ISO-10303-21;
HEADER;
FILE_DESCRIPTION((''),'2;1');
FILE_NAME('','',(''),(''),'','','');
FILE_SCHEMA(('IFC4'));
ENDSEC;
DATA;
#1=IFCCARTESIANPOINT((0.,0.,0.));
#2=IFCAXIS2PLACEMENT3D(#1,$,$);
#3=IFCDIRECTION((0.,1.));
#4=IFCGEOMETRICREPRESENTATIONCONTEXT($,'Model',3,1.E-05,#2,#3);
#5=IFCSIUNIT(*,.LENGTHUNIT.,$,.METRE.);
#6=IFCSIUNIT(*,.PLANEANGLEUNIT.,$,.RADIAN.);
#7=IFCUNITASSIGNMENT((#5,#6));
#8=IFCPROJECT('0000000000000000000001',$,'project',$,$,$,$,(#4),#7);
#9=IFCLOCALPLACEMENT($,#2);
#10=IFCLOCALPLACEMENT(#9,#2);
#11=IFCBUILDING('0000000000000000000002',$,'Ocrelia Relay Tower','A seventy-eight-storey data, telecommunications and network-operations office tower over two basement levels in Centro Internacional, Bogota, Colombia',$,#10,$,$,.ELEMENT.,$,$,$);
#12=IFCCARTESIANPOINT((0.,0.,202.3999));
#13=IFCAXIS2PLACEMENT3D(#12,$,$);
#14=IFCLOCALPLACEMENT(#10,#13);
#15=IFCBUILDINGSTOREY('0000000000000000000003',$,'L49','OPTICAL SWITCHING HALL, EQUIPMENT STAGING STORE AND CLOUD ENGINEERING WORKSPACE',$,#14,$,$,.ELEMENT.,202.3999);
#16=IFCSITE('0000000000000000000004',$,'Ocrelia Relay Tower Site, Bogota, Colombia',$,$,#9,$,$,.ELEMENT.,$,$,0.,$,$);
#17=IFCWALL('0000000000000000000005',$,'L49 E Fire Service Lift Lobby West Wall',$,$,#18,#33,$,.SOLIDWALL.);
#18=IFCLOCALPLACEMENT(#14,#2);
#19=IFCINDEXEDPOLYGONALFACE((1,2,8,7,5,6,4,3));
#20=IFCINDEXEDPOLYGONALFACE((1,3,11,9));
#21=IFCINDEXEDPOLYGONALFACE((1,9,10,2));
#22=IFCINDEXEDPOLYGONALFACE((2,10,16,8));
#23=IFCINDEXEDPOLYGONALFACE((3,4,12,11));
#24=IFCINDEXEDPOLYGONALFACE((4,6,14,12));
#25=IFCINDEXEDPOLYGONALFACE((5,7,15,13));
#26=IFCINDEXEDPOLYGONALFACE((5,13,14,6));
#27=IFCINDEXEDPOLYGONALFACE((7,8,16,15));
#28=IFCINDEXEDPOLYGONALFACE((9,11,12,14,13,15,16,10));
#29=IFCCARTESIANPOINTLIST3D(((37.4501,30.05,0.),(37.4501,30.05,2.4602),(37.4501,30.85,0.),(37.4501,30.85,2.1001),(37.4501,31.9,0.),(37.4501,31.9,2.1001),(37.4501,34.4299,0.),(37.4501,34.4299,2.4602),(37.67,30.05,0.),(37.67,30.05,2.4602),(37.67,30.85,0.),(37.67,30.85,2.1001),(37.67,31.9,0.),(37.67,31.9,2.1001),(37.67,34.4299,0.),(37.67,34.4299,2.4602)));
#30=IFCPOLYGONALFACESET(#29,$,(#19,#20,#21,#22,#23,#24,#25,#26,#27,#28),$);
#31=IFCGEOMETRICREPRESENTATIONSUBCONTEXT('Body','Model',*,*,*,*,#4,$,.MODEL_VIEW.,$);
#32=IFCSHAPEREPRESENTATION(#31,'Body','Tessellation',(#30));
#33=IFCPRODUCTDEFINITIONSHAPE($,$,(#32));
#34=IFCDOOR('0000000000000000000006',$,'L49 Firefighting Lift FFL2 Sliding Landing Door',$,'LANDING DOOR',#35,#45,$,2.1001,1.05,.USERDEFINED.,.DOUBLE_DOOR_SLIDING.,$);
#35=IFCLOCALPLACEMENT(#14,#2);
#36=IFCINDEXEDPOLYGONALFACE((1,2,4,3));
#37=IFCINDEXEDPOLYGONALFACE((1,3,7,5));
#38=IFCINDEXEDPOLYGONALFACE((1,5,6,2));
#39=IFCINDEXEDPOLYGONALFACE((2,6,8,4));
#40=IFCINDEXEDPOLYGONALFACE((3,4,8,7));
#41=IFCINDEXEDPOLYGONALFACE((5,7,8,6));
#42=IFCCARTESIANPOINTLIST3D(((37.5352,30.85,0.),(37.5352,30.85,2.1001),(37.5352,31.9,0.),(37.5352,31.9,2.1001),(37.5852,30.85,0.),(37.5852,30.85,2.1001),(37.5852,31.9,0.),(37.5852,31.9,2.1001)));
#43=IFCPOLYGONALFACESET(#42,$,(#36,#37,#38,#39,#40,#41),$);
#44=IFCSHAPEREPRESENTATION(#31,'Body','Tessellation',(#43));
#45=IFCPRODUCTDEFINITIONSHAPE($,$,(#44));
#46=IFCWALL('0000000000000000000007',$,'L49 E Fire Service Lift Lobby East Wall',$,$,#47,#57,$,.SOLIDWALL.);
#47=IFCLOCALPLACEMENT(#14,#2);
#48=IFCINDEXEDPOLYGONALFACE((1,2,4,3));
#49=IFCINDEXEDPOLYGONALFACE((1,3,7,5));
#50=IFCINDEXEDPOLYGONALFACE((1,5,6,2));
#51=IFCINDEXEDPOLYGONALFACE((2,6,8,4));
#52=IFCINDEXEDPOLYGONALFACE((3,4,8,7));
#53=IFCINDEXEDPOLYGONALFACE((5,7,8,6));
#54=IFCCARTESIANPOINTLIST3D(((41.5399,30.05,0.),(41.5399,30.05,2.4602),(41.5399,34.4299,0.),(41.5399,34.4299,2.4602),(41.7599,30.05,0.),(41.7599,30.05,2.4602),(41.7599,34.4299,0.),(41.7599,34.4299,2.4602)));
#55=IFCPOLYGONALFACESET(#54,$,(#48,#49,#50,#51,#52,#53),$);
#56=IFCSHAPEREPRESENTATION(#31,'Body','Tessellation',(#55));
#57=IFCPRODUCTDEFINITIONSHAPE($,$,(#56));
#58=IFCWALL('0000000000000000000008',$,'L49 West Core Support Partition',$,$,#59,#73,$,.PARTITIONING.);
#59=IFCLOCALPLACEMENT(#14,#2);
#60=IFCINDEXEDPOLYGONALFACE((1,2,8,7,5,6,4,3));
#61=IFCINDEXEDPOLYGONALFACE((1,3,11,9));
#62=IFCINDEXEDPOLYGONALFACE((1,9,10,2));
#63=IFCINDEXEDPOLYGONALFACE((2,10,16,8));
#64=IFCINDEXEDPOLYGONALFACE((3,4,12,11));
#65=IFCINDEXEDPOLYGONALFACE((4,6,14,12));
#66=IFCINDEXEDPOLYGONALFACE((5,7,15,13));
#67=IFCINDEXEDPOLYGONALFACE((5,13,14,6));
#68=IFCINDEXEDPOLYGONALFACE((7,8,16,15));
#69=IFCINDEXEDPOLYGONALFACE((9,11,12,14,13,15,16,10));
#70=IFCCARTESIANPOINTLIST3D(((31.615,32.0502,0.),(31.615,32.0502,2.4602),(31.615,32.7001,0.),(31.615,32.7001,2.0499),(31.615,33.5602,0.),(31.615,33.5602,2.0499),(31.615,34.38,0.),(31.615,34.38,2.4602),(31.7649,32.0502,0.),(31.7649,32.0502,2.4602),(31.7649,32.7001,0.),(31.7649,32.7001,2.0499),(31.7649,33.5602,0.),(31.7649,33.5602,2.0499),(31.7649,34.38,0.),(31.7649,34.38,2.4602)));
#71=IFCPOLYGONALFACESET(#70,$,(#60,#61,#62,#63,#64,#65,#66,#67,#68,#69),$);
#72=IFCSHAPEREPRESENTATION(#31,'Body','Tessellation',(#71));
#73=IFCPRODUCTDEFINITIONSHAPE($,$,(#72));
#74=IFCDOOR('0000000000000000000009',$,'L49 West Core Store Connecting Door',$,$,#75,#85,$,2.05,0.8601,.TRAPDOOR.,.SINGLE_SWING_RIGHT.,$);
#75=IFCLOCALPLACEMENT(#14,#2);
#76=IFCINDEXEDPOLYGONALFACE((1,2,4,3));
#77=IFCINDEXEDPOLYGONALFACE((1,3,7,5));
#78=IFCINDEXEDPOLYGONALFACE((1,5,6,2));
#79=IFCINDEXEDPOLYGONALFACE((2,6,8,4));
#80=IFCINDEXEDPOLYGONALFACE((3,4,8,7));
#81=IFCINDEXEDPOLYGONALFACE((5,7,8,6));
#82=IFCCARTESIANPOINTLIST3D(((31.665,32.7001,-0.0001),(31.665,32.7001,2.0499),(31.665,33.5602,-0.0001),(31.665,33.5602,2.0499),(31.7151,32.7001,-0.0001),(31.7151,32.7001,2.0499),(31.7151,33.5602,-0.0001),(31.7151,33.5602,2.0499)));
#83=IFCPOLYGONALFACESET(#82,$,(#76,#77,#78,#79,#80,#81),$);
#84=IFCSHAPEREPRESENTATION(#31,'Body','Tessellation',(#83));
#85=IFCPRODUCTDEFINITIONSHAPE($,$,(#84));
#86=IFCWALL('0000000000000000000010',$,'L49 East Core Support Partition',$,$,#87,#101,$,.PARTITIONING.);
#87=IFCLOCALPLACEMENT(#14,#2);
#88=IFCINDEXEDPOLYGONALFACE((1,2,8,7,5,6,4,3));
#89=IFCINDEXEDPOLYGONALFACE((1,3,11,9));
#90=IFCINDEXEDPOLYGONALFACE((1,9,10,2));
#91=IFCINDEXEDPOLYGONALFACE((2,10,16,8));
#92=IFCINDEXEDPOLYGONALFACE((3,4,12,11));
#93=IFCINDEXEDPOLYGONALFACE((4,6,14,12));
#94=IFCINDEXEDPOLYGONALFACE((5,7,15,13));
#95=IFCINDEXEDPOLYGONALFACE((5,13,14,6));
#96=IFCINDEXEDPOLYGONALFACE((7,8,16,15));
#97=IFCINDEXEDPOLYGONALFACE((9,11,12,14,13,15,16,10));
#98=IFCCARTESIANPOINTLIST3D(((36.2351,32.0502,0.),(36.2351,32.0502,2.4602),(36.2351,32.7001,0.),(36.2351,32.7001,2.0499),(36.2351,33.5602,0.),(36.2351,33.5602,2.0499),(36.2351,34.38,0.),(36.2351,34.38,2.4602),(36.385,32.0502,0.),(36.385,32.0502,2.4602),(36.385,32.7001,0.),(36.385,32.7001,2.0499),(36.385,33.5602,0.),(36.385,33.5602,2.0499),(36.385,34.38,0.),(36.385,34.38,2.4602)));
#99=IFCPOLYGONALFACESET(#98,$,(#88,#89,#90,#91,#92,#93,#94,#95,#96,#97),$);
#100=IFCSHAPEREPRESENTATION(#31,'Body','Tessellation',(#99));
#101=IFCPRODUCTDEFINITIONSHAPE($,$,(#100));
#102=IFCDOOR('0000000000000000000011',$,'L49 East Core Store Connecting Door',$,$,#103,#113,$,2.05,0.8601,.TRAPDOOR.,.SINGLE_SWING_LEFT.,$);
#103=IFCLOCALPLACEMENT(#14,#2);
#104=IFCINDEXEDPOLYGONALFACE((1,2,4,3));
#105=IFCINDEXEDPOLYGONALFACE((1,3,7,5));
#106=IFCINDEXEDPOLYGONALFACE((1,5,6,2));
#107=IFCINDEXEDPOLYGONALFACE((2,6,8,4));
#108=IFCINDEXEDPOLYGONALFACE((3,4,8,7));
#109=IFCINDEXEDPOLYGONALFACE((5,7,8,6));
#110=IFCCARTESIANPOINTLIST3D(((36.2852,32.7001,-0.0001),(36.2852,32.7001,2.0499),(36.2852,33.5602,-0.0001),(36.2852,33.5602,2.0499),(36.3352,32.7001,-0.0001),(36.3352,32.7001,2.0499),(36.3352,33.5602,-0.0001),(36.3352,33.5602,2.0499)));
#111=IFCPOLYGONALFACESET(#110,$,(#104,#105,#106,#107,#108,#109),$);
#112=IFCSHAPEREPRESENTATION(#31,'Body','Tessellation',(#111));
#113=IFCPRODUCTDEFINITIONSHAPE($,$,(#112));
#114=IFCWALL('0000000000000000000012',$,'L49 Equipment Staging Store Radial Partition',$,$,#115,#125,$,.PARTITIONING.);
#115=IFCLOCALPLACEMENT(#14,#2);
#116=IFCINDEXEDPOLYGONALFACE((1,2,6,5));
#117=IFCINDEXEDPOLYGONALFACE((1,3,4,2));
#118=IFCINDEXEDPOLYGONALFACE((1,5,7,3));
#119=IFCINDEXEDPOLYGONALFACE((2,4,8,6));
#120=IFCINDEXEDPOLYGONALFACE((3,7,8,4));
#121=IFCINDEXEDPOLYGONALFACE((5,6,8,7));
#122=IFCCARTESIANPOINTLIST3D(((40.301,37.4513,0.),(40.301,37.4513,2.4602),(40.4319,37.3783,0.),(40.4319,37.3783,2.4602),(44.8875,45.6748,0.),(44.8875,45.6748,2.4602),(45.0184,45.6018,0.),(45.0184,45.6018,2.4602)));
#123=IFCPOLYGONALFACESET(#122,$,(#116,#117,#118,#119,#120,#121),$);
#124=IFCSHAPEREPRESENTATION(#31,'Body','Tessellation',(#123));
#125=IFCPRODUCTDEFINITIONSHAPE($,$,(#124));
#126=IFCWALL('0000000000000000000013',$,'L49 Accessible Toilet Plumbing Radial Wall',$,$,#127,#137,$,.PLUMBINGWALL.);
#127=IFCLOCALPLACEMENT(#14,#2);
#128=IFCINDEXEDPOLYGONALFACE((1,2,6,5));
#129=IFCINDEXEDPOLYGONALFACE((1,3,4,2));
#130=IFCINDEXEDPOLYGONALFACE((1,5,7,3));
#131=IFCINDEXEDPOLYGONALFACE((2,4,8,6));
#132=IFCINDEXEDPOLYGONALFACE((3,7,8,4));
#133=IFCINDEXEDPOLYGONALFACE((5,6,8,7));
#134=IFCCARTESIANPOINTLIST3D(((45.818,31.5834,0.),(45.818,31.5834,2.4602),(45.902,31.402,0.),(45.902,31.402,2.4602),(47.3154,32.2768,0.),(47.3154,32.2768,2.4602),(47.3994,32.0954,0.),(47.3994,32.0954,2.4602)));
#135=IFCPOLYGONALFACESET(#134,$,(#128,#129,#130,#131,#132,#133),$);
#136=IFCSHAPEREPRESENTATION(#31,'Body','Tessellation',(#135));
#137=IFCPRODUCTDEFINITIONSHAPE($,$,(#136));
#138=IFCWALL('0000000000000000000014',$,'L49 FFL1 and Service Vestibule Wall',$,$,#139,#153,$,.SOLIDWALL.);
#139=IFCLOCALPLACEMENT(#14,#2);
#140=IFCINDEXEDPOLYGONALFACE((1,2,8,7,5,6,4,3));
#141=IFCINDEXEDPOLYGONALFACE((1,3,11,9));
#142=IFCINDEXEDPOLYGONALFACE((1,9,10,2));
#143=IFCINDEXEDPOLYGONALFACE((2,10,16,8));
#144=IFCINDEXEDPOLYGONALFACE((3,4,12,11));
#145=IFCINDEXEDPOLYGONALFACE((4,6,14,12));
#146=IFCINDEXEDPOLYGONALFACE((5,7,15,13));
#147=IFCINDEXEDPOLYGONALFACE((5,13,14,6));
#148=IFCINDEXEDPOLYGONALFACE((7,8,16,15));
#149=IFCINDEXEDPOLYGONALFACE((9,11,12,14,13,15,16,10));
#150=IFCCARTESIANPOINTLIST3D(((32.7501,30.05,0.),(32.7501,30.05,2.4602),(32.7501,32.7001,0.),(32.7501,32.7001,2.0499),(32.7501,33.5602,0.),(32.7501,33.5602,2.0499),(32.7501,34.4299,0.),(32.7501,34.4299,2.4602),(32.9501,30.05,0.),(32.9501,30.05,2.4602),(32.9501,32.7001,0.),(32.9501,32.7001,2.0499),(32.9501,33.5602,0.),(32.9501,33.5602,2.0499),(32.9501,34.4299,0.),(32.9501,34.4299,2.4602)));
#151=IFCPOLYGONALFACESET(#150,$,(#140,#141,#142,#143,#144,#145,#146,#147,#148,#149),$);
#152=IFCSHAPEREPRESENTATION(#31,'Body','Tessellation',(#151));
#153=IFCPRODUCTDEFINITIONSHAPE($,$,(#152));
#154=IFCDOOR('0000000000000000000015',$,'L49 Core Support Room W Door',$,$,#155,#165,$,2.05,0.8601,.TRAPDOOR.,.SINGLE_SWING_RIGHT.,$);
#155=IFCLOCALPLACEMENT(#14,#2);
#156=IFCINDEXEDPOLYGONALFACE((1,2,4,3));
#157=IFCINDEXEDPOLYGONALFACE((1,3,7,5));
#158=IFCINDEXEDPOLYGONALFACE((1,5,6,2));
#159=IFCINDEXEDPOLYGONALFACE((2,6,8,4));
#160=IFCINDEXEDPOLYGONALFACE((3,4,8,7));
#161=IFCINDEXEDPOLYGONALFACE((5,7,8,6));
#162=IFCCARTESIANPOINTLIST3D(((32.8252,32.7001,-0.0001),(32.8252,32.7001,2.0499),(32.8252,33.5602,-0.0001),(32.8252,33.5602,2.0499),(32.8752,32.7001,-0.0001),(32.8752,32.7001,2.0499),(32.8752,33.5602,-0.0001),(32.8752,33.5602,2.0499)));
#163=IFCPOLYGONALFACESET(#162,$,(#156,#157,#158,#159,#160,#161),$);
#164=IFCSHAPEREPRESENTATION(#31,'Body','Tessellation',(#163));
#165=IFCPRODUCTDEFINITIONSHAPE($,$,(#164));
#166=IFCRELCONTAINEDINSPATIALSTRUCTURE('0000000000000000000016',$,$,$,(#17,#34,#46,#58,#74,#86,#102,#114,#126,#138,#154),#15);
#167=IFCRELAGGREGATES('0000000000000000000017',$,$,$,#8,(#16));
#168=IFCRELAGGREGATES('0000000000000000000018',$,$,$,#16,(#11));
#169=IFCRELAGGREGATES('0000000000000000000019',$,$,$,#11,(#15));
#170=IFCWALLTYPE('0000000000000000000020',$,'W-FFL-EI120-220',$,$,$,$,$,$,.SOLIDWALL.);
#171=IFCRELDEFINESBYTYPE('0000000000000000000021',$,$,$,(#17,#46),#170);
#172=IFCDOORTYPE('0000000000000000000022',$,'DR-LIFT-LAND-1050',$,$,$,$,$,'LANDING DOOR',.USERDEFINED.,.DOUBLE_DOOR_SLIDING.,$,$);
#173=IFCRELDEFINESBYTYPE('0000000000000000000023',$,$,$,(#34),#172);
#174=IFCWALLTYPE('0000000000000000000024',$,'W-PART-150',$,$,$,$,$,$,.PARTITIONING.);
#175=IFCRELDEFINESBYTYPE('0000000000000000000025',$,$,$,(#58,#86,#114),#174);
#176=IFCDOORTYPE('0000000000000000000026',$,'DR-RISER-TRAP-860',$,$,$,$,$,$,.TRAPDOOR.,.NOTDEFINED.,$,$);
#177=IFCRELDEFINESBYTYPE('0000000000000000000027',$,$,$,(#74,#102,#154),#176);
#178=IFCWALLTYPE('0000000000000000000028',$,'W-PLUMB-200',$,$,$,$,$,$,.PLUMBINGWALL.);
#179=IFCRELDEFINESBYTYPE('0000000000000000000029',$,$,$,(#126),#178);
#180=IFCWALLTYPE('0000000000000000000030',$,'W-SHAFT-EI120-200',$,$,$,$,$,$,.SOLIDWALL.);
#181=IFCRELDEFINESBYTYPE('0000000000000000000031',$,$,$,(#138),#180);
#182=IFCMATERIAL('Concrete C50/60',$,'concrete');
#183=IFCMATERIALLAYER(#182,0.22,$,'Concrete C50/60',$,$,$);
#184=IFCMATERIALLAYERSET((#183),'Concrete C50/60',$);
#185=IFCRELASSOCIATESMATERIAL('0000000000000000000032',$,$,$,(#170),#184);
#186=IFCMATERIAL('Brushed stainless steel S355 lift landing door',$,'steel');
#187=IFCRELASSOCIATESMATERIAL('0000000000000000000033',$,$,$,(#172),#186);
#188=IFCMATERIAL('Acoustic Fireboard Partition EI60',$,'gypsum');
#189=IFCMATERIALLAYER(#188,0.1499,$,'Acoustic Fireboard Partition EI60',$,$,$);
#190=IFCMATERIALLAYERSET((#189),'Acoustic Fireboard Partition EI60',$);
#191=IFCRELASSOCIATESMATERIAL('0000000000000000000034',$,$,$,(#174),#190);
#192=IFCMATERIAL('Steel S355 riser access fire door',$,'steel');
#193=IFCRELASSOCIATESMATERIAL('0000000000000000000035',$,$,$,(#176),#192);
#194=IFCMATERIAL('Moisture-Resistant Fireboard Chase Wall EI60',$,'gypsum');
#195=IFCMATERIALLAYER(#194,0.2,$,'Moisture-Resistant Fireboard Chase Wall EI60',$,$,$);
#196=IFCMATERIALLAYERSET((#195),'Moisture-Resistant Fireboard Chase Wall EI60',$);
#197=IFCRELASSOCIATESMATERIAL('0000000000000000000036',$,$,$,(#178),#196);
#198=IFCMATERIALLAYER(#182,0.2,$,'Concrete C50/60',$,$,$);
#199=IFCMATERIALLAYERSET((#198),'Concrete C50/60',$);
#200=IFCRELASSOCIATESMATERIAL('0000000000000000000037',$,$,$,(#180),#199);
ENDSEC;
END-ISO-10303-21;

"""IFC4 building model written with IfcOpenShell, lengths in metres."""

from ifc_helpers import new_model, si_unit, direction, frame, frame_2d, origin, place, context, subcontext, project, spatial, rectangle, extrude, material, layer, layer_set, type_object, element, fill, save


model = new_model("IFC4")

# Units and contexts
model_context = context("Model", 3, precision=1e-05, world=origin(), true_north=direction((0.0, 1.0)))
body_context = subcontext(model_context, "Body", "Model", "MODEL_VIEW")
ifc_project = project(units=[si_unit("LENGTHUNIT", "METRE"), si_unit("PLANEANGLEUNIT", "RADIAN")], contexts=[model_context])

# Site, building, storey
site_placement = place(None, origin())
site = spatial("IfcSite", under=ifc_project, at=site_placement, Name="Ocrelia Relay Tower Site, Bogota, Colombia", CompositionType="ELEMENT", RefElevation=0.0)
building_placement = place(site_placement, origin())
building = spatial("IfcBuilding", under=site, at=building_placement, Name="Ocrelia Relay Tower", Description="A seventy-eight-storey data, telecommunications and network-operations office tower over two basement levels in Centro Internacional, Bogota, Colombia", CompositionType="ELEMENT")
storey_placement = place(building_placement, frame((0.0, 0.0, 202.3999)))
storey = spatial("IfcBuildingStorey", under=building, at=storey_placement, Name="L49", Description="OPTICAL SWITCHING HALL, EQUIPMENT STAGING STORE AND CLOUD ENGINEERING WORKSPACE", CompositionType="ELEMENT", Elevation=202.3999)

# Wall, opening, door
ifc_material_1 = material(Name="Concrete C50/60", Category="concrete")
ifc_layer_1 = layer(ifc_material_1, 0.22, Name="Concrete C50/60")
ifc_layer_set_1 = layer_set([ifc_layer_1], Name="Concrete C50/60")
wall_type_1 = type_object("IfcWallType", Name="W-FFL-EI120-220", PredefinedType="SOLIDWALL", material=ifc_layer_set_1)
wall_1_placement = place(storey_placement, frame((37.5601, 30.05, 0.0), z_axis=(0.0, 0.0, 1.0), x_axis=(0.0, 1.0, 0.0)))
wall_1 = element("IfcWall", 1, at=wall_1_placement, inside=storey, type_object=wall_type_1, Name="L49 E Fire Service Lift Lobby West Wall", PredefinedType="SOLIDWALL", context=body_context, shape_type="SweptSolid", body=[
    extrude(rectangle(XDim=4.3799, YDim=0.22, at=frame_2d((2.1899, 0.0))), origin(), (0.0, 0.0, 1.0), 2.4602),
])
opening_1_placement = place(wall_1_placement, frame((0.8, 0.0, 0.0)))
opening_1 = element("IfcOpeningElement", 2, at=opening_1_placement, cuts=wall_1, PredefinedType="OPENING", context=body_context, shape_type="SweptSolid", body=[
    extrude(rectangle(XDim=1.05, YDim=2.1001, at=frame_2d((0.5249, 1.05))), frame((0.0, 0.1201, 0.0), z_axis=(0.0, -1.0, 0.0), x_axis=(1.0, 0.0, 0.0)), (0.0, 0.0, 1.0), 0.24),
])
ifc_material_2 = material(Name="Brushed stainless steel S355 lift landing door", Category="steel")
door_type_1 = type_object("IfcDoorType", Name="DR-LIFT-LAND-1050", ElementType="LANDING DOOR", OperationType="DOUBLE_DOOR_SLIDING", PredefinedType="USERDEFINED", material=ifc_material_2)
door_1_placement = place(opening_1_placement, origin())
door_1 = element("IfcDoor", 3, at=door_1_placement, inside=storey, type_object=door_type_1, Name="L49 Firefighting Lift FFL2 Sliding Landing Door", ObjectType="LANDING DOOR", OperationType="DOUBLE_DOOR_SLIDING", OverallHeight=2.1001, OverallWidth=1.05, PredefinedType="USERDEFINED", context=body_context, shape_type="SweptSolid", body=[
    extrude(rectangle(XDim=1.05, YDim=2.1001, at=frame_2d((0.5249, 1.05))), frame((0.0, 0.0249, 0.0), z_axis=(0.0, -1.0, 0.0), x_axis=(1.0, 0.0, 0.0)), (0.0, 0.0, 1.0), 0.05),
])
fill(opening_1, door_1)

# Wall
wall_2_placement = place(storey_placement, frame((41.6499, 30.05, 0.0), z_axis=(0.0, 0.0, 1.0), x_axis=(0.0, 1.0, 0.0)))
element("IfcWall", 4, at=wall_2_placement, inside=storey, type_object=wall_type_1, Name="L49 E Fire Service Lift Lobby East Wall", PredefinedType="SOLIDWALL", context=body_context, shape_type="SweptSolid", body=[
    extrude(rectangle(XDim=4.3799, YDim=0.22, at=frame_2d((2.1899, 0.0))), origin(), (0.0, 0.0, 1.0), 2.4602),
])

# Walls, openings, doors
ifc_material_3 = material(Name="Acoustic Fireboard Partition EI60", Category="gypsum")
ifc_layer_2 = layer(ifc_material_3, 0.1499, Name="Acoustic Fireboard Partition EI60")
ifc_layer_set_2 = layer_set([ifc_layer_2], Name="Acoustic Fireboard Partition EI60")
wall_type_2 = type_object("IfcWallType", Name="W-PART-150", PredefinedType="PARTITIONING", material=ifc_layer_set_2)
wall_3_placement = place(storey_placement, frame((31.6899, 32.05, 0.0), z_axis=(0.0, 0.0, 1.0), x_axis=(0.0, 1.0, 0.0)))
wall_3 = element("IfcWall", 5, at=wall_3_placement, inside=storey, type_object=wall_type_2, Name="L49 West Core Support Partition", PredefinedType="PARTITIONING", context=body_context, shape_type="SweptSolid", body=[
    extrude(rectangle(XDim=2.3298, YDim=0.1499, at=frame_2d((1.165, 0.0))), origin(), (0.0, 0.0, 1.0), 2.4602),
])
opening_2_placement = place(wall_3_placement, frame((0.6499, 0.0, 0.0)))
opening_2 = element("IfcOpeningElement", 6, at=opening_2_placement, cuts=wall_3, PredefinedType="OPENING", context=body_context, shape_type="SweptSolid", body=[
    extrude(rectangle(XDim=0.8601, YDim=2.05, at=frame_2d((0.4302, 1.0249))), frame((0.0, 0.085, 0.0), z_axis=(0.0, -1.0, 0.0), x_axis=(1.0, 0.0, 0.0)), (0.0, 0.0, 1.0), 0.1699),
])
ifc_material_4 = material(Name="Steel S355 riser access fire door", Category="steel")
door_type_2 = type_object("IfcDoorType", Name="DR-RISER-TRAP-860", OperationType="NOTDEFINED", PredefinedType="TRAPDOOR", material=ifc_material_4)
door_2_placement = place(opening_2_placement, origin())
door_2 = element("IfcDoor", 7, at=door_2_placement, inside=storey, type_object=door_type_2, Name="L49 West Core Store Connecting Door", OperationType="SINGLE_SWING_RIGHT", OverallHeight=2.05, OverallWidth=0.8601, PredefinedType="TRAPDOOR", context=body_context, shape_type="SweptSolid", body=[
    extrude(rectangle(XDim=0.8601, YDim=2.05, at=frame_2d((0.4302, 1.0249))), frame((0.0, 0.0249, 0.0), z_axis=(0.0, -1.0, 0.0), x_axis=(1.0, 0.0, 0.0)), (0.0, 0.0, 1.0), 0.05),
])
fill(opening_2, door_2)
wall_4_placement = place(storey_placement, frame((36.3101, 32.05, 0.0), z_axis=(0.0, 0.0, 1.0), x_axis=(0.0, 1.0, 0.0)))
wall_4 = element("IfcWall", 8, at=wall_4_placement, inside=storey, type_object=wall_type_2, Name="L49 East Core Support Partition", PredefinedType="PARTITIONING", context=body_context, shape_type="SweptSolid", body=[
    extrude(rectangle(XDim=2.3298, YDim=0.1499, at=frame_2d((1.165, 0.0))), origin(), (0.0, 0.0, 1.0), 2.4602),
])
opening_3_placement = place(wall_4_placement, frame((0.6499, 0.0, 0.0)))
opening_3 = element("IfcOpeningElement", 9, at=opening_3_placement, cuts=wall_4, PredefinedType="OPENING", context=body_context, shape_type="SweptSolid", body=[
    extrude(rectangle(XDim=0.8601, YDim=2.05, at=frame_2d((0.4302, 1.0249))), frame((0.0, 0.085, 0.0), z_axis=(0.0, -1.0, 0.0), x_axis=(1.0, 0.0, 0.0)), (0.0, 0.0, 1.0), 0.1699),
])
door_3_placement = place(opening_3_placement, origin())
door_3 = element("IfcDoor", 10, at=door_3_placement, inside=storey, type_object=door_type_2, Name="L49 East Core Store Connecting Door", OperationType="SINGLE_SWING_LEFT", OverallHeight=2.05, OverallWidth=0.8601, PredefinedType="TRAPDOOR", context=body_context, shape_type="SweptSolid", body=[
    extrude(rectangle(XDim=0.8601, YDim=2.05, at=frame_2d((0.4302, 1.0249))), frame((0.0, 0.0249, 0.0), z_axis=(0.0, -1.0, 0.0), x_axis=(1.0, 0.0, 0.0)), (0.0, 0.0, 1.0), 0.05),
])
fill(opening_3, door_3)

# Walls
wall_5_placement = place(storey_placement, frame((40.3665, 37.4148, 0.0), z_axis=(0.0, 0.0, 1.0), x_axis=(0.487093, 0.87335, 0.0)))
element("IfcWall", 11, at=wall_5_placement, inside=storey, type_object=wall_type_2, Name="L49 Equipment Staging Store Radial Partition", PredefinedType="PARTITIONING", context=body_context, shape_type="SweptSolid", body=[
    extrude(rectangle(XDim=9.416, YDim=0.1499, at=frame_2d((4.708, 0.0))), origin(), (0.0, 0.0, 1.0), 2.4602),
])
ifc_material_5 = material(Name="Moisture-Resistant Fireboard Chase Wall EI60", Category="gypsum")
ifc_layer_3 = layer(ifc_material_5, 0.2, Name="Moisture-Resistant Fireboard Chase Wall EI60")
ifc_layer_set_3 = layer_set([ifc_layer_3], Name="Moisture-Resistant Fireboard Chase Wall EI60")
wall_type_3 = type_object("IfcWallType", Name="W-PLUMB-200", PredefinedType="PLUMBINGWALL", material=ifc_layer_set_3)
wall_6_placement = place(storey_placement, frame((45.8599, 31.4927, 0.0), z_axis=(0.0, 0.0, 1.0), x_axis=(0.90743, 0.420203, 0.0)))
element("IfcWall", 12, at=wall_6_placement, inside=storey, type_object=wall_type_3, Name="L49 Accessible Toilet Plumbing Radial Wall", PredefinedType="PLUMBINGWALL", context=body_context, shape_type="SweptSolid", body=[
    extrude(rectangle(XDim=1.6501, YDim=0.2, at=frame_2d((0.8252, 0.0))), origin(), (0.0, 0.0, 1.0), 2.4602),
])

# Wall, opening, door
ifc_layer_4 = layer(ifc_material_1, 0.2, Name="Concrete C50/60")
ifc_layer_set_4 = layer_set([ifc_layer_4], Name="Concrete C50/60")
wall_type_4 = type_object("IfcWallType", Name="W-SHAFT-EI120-200", PredefinedType="SOLIDWALL", material=ifc_layer_set_4)
wall_7_placement = place(storey_placement, frame((32.8501, 30.05, 0.0), z_axis=(0.0, 0.0, 1.0), x_axis=(0.0, 1.0, 0.0)))
wall_7 = element("IfcWall", 13, at=wall_7_placement, inside=storey, type_object=wall_type_4, Name="L49 FFL1 and Service Vestibule Wall", PredefinedType="SOLIDWALL", context=body_context, shape_type="SweptSolid", body=[
    extrude(rectangle(XDim=4.3799, YDim=0.2, at=frame_2d((2.1899, 0.0))), origin(), (0.0, 0.0, 1.0), 2.4602),
])
opening_4_placement = place(wall_7_placement, frame((2.6499, 0.0, 0.0)))
opening_4 = element("IfcOpeningElement", 14, at=opening_4_placement, cuts=wall_7, PredefinedType="OPENING", context=body_context, shape_type="SweptSolid", body=[
    extrude(rectangle(XDim=0.8601, YDim=2.05, at=frame_2d((0.4302, 1.0249))), frame((0.0, 0.1099, 0.0), z_axis=(0.0, -1.0, 0.0), x_axis=(1.0, 0.0, 0.0)), (0.0, 0.0, 1.0), 0.22),
])
door_4_placement = place(opening_4_placement, origin())
door_4 = element("IfcDoor", 15, at=door_4_placement, inside=storey, type_object=door_type_2, Name="L49 Core Support Room W Door", OperationType="SINGLE_SWING_RIGHT", OverallHeight=2.05, OverallWidth=0.8601, PredefinedType="TRAPDOOR", context=body_context, shape_type="SweptSolid", body=[
    extrude(rectangle(XDim=0.8601, YDim=2.05, at=frame_2d((0.4302, 1.0249))), frame((0.0, 0.0249, 0.0), z_axis=(0.0, -1.0, 0.0), x_axis=(1.0, 0.0, 0.0)), (0.0, 0.0, 1.0), 0.05),
])
fill(opening_4, door_4)

save(model, "model.ifc")
